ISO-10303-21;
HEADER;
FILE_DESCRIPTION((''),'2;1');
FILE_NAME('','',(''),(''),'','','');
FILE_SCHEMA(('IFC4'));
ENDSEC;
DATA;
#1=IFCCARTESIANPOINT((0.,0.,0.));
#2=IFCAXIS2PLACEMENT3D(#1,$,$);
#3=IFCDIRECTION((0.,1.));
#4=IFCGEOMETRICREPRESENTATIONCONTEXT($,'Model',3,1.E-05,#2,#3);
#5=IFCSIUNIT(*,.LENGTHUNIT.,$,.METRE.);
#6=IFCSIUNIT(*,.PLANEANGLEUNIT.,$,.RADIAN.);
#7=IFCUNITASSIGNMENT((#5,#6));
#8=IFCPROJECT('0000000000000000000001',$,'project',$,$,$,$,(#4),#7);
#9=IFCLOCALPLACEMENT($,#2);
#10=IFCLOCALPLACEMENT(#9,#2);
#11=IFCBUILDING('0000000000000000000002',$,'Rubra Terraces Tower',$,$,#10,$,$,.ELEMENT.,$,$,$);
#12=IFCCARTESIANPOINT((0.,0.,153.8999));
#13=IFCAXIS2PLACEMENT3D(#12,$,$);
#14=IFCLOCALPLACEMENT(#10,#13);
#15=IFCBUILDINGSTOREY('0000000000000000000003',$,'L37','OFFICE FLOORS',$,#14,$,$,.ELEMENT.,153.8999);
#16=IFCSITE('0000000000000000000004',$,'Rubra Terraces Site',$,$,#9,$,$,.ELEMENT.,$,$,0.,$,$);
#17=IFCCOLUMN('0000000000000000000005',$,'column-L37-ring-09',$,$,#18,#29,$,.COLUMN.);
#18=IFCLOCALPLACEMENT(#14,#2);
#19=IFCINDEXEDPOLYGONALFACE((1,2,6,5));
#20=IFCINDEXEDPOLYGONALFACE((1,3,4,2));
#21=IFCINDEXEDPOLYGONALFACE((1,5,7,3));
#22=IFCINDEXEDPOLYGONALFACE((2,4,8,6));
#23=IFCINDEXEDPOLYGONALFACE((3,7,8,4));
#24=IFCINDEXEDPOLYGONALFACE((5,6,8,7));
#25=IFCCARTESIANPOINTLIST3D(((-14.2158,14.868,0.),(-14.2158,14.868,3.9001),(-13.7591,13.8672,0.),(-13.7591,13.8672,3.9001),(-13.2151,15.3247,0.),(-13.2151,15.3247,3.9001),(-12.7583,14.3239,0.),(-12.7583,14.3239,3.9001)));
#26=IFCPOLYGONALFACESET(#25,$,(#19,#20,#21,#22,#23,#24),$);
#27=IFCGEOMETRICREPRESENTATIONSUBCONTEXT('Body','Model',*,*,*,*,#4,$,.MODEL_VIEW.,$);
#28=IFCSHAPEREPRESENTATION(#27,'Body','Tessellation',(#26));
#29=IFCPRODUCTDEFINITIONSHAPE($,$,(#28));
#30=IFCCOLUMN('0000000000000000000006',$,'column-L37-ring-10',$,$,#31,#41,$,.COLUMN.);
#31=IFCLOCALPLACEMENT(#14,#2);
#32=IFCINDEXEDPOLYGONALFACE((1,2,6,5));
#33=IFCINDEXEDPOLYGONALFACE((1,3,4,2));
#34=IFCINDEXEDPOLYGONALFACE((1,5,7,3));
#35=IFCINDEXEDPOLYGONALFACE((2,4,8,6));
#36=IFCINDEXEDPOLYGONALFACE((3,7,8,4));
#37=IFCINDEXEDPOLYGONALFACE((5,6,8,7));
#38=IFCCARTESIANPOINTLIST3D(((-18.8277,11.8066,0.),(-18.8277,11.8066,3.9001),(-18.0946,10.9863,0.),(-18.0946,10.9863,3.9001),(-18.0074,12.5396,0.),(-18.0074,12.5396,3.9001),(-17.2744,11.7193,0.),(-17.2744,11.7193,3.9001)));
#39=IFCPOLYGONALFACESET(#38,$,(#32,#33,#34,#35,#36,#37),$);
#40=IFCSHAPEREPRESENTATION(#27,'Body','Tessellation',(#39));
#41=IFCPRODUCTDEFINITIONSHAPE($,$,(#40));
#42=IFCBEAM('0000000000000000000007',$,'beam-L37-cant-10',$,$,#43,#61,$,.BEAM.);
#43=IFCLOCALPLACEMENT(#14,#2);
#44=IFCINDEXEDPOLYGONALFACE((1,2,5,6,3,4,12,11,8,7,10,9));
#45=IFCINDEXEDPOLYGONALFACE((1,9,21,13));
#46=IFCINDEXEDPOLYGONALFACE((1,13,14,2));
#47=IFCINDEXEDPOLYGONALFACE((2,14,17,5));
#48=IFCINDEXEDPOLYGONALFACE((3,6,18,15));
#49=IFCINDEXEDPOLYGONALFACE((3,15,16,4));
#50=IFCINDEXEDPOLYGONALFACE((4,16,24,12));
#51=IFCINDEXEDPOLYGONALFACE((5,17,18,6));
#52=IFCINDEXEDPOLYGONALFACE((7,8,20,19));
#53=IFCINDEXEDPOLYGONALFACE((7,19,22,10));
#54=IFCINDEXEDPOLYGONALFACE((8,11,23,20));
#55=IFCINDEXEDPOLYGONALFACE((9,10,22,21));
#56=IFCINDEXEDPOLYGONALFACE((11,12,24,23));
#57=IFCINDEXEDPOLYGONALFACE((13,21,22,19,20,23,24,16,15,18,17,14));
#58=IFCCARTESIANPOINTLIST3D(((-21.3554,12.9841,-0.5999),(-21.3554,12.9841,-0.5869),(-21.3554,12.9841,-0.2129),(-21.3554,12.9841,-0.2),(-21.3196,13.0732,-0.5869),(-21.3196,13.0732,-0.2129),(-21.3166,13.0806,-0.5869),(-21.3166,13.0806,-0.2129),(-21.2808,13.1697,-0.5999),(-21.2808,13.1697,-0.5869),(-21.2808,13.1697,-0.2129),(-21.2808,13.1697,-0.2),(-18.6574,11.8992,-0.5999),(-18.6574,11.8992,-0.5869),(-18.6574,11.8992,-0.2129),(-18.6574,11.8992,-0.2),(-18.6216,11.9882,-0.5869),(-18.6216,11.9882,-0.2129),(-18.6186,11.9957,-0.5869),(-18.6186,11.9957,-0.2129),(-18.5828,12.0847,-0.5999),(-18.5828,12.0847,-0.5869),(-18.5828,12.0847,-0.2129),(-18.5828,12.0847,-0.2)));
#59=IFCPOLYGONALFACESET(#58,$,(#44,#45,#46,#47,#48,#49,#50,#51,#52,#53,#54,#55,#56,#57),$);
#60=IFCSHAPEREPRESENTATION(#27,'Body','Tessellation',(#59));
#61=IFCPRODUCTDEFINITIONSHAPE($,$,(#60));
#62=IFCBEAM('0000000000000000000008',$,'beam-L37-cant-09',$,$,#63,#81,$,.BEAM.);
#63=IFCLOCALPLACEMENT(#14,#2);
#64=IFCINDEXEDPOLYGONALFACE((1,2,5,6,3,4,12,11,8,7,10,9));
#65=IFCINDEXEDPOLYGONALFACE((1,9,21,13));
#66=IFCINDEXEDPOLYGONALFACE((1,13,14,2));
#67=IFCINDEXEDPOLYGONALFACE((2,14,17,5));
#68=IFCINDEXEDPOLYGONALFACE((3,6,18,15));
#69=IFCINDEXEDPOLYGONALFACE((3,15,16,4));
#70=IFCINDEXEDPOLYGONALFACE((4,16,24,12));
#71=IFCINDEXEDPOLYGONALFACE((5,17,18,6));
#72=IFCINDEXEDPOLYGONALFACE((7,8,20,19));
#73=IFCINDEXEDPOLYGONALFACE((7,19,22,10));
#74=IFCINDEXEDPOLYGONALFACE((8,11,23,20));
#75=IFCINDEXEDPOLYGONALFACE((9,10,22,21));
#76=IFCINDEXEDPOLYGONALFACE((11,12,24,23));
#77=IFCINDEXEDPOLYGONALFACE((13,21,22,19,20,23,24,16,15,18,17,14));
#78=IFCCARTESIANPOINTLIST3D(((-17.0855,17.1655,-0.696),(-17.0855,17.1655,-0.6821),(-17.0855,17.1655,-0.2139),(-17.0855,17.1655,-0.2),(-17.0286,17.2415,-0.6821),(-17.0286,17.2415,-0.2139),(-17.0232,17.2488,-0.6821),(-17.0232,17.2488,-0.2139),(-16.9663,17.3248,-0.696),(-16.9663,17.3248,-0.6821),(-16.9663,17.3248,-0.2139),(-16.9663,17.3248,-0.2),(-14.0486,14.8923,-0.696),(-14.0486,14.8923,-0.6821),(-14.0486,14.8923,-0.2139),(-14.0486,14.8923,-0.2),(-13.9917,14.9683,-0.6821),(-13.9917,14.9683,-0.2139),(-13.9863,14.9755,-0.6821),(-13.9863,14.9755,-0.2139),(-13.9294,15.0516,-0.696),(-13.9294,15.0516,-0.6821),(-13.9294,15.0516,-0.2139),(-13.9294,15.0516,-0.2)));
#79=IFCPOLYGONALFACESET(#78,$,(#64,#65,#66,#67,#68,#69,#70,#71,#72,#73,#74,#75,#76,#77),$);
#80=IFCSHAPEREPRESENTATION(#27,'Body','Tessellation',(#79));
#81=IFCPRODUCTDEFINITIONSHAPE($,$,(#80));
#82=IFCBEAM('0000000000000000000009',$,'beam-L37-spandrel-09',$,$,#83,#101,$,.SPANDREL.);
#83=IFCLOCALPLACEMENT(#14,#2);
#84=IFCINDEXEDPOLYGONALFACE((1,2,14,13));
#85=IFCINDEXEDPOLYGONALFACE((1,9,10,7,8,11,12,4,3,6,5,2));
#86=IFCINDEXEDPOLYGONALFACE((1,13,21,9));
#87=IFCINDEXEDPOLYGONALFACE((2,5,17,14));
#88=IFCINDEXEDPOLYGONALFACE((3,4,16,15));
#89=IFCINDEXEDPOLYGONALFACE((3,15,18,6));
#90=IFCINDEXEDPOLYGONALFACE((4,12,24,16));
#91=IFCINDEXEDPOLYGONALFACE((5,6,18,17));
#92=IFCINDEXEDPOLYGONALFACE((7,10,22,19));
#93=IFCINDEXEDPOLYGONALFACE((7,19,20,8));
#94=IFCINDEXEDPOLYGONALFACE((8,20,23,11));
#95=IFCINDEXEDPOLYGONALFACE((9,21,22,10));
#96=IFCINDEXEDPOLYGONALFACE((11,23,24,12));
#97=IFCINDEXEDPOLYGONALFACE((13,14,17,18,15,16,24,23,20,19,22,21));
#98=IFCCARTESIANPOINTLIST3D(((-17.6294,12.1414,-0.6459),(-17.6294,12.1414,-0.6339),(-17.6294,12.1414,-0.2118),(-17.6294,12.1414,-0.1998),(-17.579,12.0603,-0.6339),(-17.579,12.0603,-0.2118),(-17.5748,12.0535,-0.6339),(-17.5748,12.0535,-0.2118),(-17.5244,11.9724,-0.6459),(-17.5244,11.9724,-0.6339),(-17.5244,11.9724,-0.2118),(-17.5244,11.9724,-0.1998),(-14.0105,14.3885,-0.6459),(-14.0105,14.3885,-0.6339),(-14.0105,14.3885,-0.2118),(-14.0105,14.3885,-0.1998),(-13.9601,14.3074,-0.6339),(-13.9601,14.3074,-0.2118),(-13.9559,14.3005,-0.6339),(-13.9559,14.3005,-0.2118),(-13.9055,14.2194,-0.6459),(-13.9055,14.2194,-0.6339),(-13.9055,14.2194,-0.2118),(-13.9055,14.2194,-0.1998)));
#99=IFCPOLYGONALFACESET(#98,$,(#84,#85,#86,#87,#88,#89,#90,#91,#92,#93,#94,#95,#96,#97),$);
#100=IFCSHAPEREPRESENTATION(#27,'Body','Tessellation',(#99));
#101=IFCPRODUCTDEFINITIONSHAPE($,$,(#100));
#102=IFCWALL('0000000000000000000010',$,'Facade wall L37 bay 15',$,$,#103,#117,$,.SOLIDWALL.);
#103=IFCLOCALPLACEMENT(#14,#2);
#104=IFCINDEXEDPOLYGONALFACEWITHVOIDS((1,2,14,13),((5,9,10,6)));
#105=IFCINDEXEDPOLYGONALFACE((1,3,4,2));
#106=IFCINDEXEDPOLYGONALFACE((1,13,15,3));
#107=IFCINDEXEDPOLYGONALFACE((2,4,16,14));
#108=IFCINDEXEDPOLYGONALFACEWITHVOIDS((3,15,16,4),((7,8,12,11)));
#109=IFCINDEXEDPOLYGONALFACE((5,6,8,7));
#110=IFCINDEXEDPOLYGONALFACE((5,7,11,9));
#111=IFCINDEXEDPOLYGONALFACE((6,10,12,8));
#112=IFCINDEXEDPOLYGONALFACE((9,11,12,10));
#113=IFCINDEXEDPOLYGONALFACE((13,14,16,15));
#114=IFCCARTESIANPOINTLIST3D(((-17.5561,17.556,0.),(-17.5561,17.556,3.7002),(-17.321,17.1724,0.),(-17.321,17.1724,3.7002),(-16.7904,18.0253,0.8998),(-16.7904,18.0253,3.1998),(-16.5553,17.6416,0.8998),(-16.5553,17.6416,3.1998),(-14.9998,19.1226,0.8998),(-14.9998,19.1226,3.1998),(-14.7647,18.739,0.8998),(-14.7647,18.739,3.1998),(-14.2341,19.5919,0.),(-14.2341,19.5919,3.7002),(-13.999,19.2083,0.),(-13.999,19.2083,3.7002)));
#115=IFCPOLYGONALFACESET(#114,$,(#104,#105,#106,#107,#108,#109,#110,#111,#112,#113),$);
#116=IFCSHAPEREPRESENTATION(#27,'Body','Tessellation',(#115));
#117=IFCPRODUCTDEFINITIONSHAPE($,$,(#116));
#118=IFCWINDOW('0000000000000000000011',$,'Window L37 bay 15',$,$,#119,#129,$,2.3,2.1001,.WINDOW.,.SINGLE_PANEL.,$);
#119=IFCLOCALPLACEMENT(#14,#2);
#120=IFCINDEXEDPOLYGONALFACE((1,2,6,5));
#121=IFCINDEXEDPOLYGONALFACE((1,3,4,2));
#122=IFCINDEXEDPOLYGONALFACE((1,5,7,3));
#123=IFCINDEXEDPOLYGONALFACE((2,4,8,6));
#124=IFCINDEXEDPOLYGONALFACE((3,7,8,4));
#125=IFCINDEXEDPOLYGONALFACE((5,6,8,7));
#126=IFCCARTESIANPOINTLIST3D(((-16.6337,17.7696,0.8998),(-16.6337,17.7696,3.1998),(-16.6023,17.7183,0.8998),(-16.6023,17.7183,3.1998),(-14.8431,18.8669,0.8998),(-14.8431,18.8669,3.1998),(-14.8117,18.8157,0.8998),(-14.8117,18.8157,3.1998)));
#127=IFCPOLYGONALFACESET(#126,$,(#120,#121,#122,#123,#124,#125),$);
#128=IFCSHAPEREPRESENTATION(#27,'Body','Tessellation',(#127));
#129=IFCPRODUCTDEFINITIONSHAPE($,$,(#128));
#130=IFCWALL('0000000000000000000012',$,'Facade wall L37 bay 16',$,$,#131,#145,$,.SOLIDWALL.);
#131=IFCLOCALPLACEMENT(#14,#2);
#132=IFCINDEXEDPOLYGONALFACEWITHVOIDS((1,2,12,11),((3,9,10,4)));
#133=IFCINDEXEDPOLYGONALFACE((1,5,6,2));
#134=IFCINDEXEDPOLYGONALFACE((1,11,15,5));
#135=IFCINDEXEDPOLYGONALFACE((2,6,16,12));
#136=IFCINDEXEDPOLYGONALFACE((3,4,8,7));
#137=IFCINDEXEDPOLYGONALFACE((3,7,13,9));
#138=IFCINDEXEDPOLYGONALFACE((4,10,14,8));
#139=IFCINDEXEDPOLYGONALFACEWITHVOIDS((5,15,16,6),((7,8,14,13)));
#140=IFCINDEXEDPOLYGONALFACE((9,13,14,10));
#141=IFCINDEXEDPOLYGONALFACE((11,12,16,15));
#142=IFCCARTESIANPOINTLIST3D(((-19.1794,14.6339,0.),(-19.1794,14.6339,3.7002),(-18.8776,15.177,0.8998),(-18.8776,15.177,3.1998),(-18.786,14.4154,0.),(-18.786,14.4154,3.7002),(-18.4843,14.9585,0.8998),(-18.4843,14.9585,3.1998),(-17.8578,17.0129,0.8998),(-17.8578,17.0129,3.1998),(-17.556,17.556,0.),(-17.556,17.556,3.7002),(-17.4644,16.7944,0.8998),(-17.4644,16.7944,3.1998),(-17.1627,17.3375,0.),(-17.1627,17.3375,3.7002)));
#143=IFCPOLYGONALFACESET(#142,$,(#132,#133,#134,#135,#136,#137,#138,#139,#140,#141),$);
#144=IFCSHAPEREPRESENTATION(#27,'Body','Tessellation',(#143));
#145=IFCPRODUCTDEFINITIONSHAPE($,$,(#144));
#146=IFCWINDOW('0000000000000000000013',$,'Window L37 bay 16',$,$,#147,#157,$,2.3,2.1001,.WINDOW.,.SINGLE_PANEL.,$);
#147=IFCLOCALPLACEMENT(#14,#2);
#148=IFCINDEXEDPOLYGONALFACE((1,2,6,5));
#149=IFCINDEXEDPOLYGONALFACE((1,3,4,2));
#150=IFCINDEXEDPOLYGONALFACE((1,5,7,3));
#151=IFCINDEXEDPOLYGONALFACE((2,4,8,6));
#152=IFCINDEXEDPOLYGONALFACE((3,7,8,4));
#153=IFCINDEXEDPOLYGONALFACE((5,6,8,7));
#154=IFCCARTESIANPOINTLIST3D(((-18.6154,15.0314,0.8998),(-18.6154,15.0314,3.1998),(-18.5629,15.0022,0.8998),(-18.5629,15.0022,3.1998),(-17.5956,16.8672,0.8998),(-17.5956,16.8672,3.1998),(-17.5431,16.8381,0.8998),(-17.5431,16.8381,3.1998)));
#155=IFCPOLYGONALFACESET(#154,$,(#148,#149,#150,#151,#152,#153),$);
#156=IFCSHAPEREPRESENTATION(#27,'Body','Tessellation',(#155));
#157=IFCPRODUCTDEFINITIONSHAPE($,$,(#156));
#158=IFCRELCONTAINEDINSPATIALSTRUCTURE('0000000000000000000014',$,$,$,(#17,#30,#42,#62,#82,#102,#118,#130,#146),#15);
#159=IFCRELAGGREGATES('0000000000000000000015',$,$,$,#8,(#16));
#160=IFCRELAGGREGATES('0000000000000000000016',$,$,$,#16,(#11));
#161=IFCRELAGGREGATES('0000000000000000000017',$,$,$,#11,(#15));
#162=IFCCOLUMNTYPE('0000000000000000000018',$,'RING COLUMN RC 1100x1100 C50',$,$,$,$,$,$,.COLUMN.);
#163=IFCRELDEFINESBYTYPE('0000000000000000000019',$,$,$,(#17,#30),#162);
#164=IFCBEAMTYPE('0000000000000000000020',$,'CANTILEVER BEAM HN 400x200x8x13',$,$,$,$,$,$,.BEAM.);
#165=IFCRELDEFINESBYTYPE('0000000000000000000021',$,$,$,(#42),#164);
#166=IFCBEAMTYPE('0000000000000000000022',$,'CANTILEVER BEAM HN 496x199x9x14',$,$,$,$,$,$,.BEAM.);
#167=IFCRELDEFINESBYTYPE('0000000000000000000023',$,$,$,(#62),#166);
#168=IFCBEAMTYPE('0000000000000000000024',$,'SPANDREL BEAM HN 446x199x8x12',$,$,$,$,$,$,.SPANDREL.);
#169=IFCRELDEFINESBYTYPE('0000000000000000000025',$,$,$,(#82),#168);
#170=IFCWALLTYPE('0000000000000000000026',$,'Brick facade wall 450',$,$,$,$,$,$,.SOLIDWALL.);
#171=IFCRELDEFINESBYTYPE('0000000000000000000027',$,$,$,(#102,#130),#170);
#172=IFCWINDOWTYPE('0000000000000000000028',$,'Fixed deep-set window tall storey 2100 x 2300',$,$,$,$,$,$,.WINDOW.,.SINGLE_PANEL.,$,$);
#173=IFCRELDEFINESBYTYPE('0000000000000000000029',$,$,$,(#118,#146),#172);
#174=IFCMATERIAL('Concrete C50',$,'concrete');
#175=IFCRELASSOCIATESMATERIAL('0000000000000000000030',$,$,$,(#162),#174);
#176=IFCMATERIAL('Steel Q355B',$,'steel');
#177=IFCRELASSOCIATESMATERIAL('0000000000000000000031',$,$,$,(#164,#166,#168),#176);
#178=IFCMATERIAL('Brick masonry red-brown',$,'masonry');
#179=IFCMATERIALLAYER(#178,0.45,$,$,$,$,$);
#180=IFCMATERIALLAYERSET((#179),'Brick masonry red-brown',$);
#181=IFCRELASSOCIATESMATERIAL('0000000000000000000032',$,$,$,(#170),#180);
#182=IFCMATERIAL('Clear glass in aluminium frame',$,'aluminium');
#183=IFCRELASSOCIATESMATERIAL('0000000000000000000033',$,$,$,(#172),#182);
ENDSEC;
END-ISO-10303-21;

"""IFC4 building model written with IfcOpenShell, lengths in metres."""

from ifc_helpers import new_model, si_unit, direction, frame, frame_2d, origin, origin_2d, place, context, subcontext, project, spatial, rectangle, i_section, extrude, material, layer, layer_set, material_profile, profile_set, type_object, element, fill, save


model = new_model("IFC4")

# Units and contexts
model_context = context("Model", 3, precision=1e-05, world=origin(), true_north=direction((0.0, 1.0)))
body_context = subcontext(model_context, "Body", "Model", "MODEL_VIEW")
ifc_project = project(units=[si_unit("LENGTHUNIT", "METRE"), si_unit("PLANEANGLEUNIT", "RADIAN")], contexts=[model_context])

# Site, building, storey
site_placement = place(None, origin())
site = spatial("IfcSite", under=ifc_project, at=site_placement, Name="Rubra Terraces Site", CompositionType="ELEMENT", RefElevation=0.0)
building_placement = place(site_placement, origin())
building = spatial("IfcBuilding", under=site, at=building_placement, Name="Rubra Terraces Tower", CompositionType="ELEMENT")
storey_placement = place(building_placement, frame((0.0, 0.0, 153.8999)))
storey = spatial("IfcBuildingStorey", under=building, at=storey_placement, Name="L37", Description="OFFICE FLOORS", CompositionType="ELEMENT", Elevation=153.8999)

# Columns
ifc_material_1 = material(Name="Concrete C50", Category="concrete")
ifc_material_profile_1 = material_profile(ifc_material_1, rectangle(XDim=1.1001, YDim=1.1001, at=origin_2d()), Name="RC 1100x1100")
ifc_profile_set_1 = profile_set([ifc_material_profile_1], Name="Concrete C50")
column_type = type_object("IfcColumnType", Name="RING COLUMN RC 1100x1100 C50", PredefinedType="COLUMN", material=ifc_profile_set_1)
for number, where, z_axis, x_axis, name in (
    (1, (-13.4871, 14.5959, 0.0), (0.0, 0.0, 1.0), (-0.909726, -0.415208, 0.0), "column-L37-ring-09"),
    (2, (-18.051, 11.7629, 0.0), (0.0, 0.0, 1.0), (-0.745642, -0.666347, 0.0), "column-L37-ring-10"),
):
    element("IfcColumn", number, at=place(storey_placement, frame(where, z_axis=z_axis, x_axis=x_axis)), inside=storey, type_object=column_type, Name=name, PredefinedType="COLUMN", context=body_context, shape_type="SweptSolid", body=[
        extrude(rectangle(XDim=1.1001, YDim=1.1001, at=origin_2d()), origin(), (0.0, 0.0, 1.0), 3.9001),
    ])

# Beams
ifc_material_2 = material(Name="Steel Q355B", Category="steel")
ifc_material_profile_2 = material_profile(ifc_material_2, i_section(OverallWidth=0.2, OverallDepth=0.3999, WebThickness=0.0081, FlangeThickness=0.0129, at=origin_2d()), Name="HN 400x200x8x13")
ifc_profile_set_2 = profile_set([ifc_material_profile_2], Name="Steel Q355B")
beam_type_1 = type_object("IfcBeamType", Name="CANTILEVER BEAM HN 400x200x8x13", PredefinedType="BEAM", material=ifc_profile_set_2)
beam_1_placement = place(storey_placement, frame((-18.6201, 11.9919, -0.3999), z_axis=(-0.927792, 0.373098, 0.0), x_axis=(-0.373098, -0.927792, 0.0)))
element("IfcBeam", 3, at=beam_1_placement, inside=storey, type_object=beam_type_1, Name="beam-L37-cant-10", PredefinedType="BEAM", context=body_context, shape_type="SweptSolid", body=[
    extrude(i_section(OverallWidth=0.2, OverallDepth=0.3999, WebThickness=0.0081, FlangeThickness=0.0129, at=origin_2d()), origin(), (0.0, 0.0, 1.0), 2.908),
])
ifc_material_profile_3 = material_profile(ifc_material_2, i_section(OverallWidth=0.199, OverallDepth=0.4961, WebThickness=0.009, FlangeThickness=0.0139, at=origin_2d()), Name="HN 496x199x9x14")
ifc_profile_set_3 = profile_set([ifc_material_profile_3], Name="Steel Q355B")
beam_type_2 = type_object("IfcBeamType", Name="CANTILEVER BEAM HN 496x199x9x14", PredefinedType="BEAM", material=ifc_profile_set_3)
beam_2_placement = place(storey_placement, frame((-13.989, 14.9719, -0.448), z_axis=(-0.800563, 0.599248, 0.0), x_axis=(-0.599248, -0.800563, 0.0)))
element("IfcBeam", 4, at=beam_2_placement, inside=storey, type_object=beam_type_2, Name="beam-L37-cant-09", PredefinedType="BEAM", context=body_context, shape_type="SweptSolid", body=[
    extrude(i_section(OverallWidth=0.199, OverallDepth=0.4961, WebThickness=0.009, FlangeThickness=0.0139, at=origin_2d()), origin(), (0.0, 0.0, 1.0), 3.7935),
])
ifc_material_profile_4 = material_profile(ifc_material_2, i_section(OverallWidth=0.199, OverallDepth=0.446, WebThickness=0.0081, FlangeThickness=0.012, at=origin_2d()), Name="HN 446x199x8x12")
ifc_profile_set_4 = profile_set([ifc_material_profile_4], Name="Steel Q355B")
beam_type_3 = type_object("IfcBeamType", Name="SPANDREL BEAM HN 446x199x8x12", PredefinedType="SPANDREL", material=ifc_profile_set_4)
beam_3_placement = place(storey_placement, frame((-13.958, 14.304, -0.4229), z_axis=(-0.84955, -0.527508, 0.0), x_axis=(0.527508, -0.84955, 0.0)))
element("IfcBeam", 5, at=beam_3_placement, inside=storey, type_object=beam_type_3, Name="beam-L37-spandrel-09", PredefinedType="SPANDREL", context=body_context, shape_type="SweptSolid", body=[
    extrude(i_section(OverallWidth=0.199, OverallDepth=0.446, WebThickness=0.0081, FlangeThickness=0.012, at=origin_2d()), origin(), (0.0, 0.0, 1.0), 4.2598),
])

# Walls, openings, windows
ifc_material_3 = material(Name="Brick masonry red-brown", Category="masonry")
ifc_layer_1 = layer(ifc_material_3, 0.45)
ifc_layer_set_1 = layer_set([ifc_layer_1], Name="Brick masonry red-brown")
wall_type_1 = type_object("IfcWallType", Name="Brick facade wall 450", PredefinedType="SOLIDWALL", material=ifc_layer_set_1)
wall_1_placement = place(storey_placement, frame((-14.1165, 19.4001, 0.0), z_axis=(0.0, 0.0, 1.0), x_axis=(-0.852623, -0.522527, 0.0)))
wall_1 = element("IfcWall", 6, at=wall_1_placement, inside=storey, type_object=wall_type_1, Name="Facade wall L37 bay 15", PredefinedType="SOLIDWALL", context=body_context, shape_type="SweptSolid", body=[
    extrude(rectangle(XDim=3.8962, YDim=0.45, at=frame_2d((1.9482, 0.0))), origin(), (0.0, 0.0, 1.0), 3.7002),
])
opening_1_placement = place(wall_1_placement, frame((0.8982, 0.0, 0.8999)))
opening_1 = element("IfcOpeningElement", 7, at=opening_1_placement, cuts=wall_1, PredefinedType="OPENING", context=body_context, shape_type="SweptSolid", body=[
    extrude(rectangle(XDim=2.1001, YDim=2.3, at=frame_2d((1.05, 1.1499))), frame((0.0, 0.2349, 0.0), z_axis=(0.0, -1.0, 0.0), x_axis=(1.0, 0.0, 0.0)), (0.0, 0.0, 1.0), 0.47),
])
ifc_material_4 = material(Name="Clear glass in aluminium frame", Category="aluminium")
window_type = type_object("IfcWindowType", Name="Fixed deep-set window tall storey 2100 x 2300", PartitioningType="SINGLE_PANEL", PredefinedType="WINDOW", material=ifc_material_4)
window_1_placement = place(opening_1_placement, origin())
window_1 = element("IfcWindow", 8, at=window_1_placement, inside=storey, type_object=window_type, Name="Window L37 bay 15", OverallHeight=2.3, OverallWidth=2.1001, PartitioningType="SINGLE_PANEL", PredefinedType="WINDOW", context=body_context, shape_type="SweptSolid", body=[
    extrude(rectangle(XDim=2.1001, YDim=2.3, at=frame_2d((1.05, 1.1499))), frame((0.0, 0.135, 0.0), z_axis=(0.0, -1.0, 0.0), x_axis=(1.0, 0.0, 0.0)), (0.0, 0.0, 1.0), 0.0601),
])
fill(opening_1, window_1)
wall_2_placement = place(storey_placement, frame((-17.3594, 17.4468, 0.0), z_axis=(0.0, 0.0, 1.0), x_axis=(-0.485618, -0.874171, 0.0)))
wall_2 = element("IfcWall", 9, at=wall_2_placement, inside=storey, type_object=wall_type_1, Name="Facade wall L37 bay 16", PredefinedType="SOLIDWALL", context=body_context, shape_type="SweptSolid", body=[
    extrude(rectangle(XDim=3.3428, YDim=0.45, at=frame_2d((1.6714, 0.0))), origin(), (0.0, 0.0, 1.0), 3.7002),
])
opening_2_placement = place(wall_2_placement, frame((0.6213, 0.0, 0.8999)))
opening_2 = element("IfcOpeningElement", 10, at=opening_2_placement, cuts=wall_2, PredefinedType="OPENING", context=body_context, shape_type="SweptSolid", body=[
    extrude(rectangle(XDim=2.1001, YDim=2.3, at=frame_2d((1.05, 1.1499))), frame((0.0, 0.2349, 0.0), z_axis=(0.0, -1.0, 0.0), x_axis=(1.0, 0.0, 0.0)), (0.0, 0.0, 1.0), 0.47),
])
window_2_placement = place(opening_2_placement, origin())
window_2 = element("IfcWindow", 11, at=window_2_placement, inside=storey, type_object=window_type, Name="Window L37 bay 16", OverallHeight=2.3, OverallWidth=2.1001, PartitioningType="SINGLE_PANEL", PredefinedType="WINDOW", context=body_context, shape_type="SweptSolid", body=[
    extrude(rectangle(XDim=2.1001, YDim=2.3, at=frame_2d((1.05, 1.1499))), frame((0.0, 0.135, 0.0), z_axis=(0.0, -1.0, 0.0), x_axis=(1.0, 0.0, 0.0)), (0.0, 0.0, 1.0), 0.0601),
])
fill(opening_2, window_2)

save(model, "model.ifc")
